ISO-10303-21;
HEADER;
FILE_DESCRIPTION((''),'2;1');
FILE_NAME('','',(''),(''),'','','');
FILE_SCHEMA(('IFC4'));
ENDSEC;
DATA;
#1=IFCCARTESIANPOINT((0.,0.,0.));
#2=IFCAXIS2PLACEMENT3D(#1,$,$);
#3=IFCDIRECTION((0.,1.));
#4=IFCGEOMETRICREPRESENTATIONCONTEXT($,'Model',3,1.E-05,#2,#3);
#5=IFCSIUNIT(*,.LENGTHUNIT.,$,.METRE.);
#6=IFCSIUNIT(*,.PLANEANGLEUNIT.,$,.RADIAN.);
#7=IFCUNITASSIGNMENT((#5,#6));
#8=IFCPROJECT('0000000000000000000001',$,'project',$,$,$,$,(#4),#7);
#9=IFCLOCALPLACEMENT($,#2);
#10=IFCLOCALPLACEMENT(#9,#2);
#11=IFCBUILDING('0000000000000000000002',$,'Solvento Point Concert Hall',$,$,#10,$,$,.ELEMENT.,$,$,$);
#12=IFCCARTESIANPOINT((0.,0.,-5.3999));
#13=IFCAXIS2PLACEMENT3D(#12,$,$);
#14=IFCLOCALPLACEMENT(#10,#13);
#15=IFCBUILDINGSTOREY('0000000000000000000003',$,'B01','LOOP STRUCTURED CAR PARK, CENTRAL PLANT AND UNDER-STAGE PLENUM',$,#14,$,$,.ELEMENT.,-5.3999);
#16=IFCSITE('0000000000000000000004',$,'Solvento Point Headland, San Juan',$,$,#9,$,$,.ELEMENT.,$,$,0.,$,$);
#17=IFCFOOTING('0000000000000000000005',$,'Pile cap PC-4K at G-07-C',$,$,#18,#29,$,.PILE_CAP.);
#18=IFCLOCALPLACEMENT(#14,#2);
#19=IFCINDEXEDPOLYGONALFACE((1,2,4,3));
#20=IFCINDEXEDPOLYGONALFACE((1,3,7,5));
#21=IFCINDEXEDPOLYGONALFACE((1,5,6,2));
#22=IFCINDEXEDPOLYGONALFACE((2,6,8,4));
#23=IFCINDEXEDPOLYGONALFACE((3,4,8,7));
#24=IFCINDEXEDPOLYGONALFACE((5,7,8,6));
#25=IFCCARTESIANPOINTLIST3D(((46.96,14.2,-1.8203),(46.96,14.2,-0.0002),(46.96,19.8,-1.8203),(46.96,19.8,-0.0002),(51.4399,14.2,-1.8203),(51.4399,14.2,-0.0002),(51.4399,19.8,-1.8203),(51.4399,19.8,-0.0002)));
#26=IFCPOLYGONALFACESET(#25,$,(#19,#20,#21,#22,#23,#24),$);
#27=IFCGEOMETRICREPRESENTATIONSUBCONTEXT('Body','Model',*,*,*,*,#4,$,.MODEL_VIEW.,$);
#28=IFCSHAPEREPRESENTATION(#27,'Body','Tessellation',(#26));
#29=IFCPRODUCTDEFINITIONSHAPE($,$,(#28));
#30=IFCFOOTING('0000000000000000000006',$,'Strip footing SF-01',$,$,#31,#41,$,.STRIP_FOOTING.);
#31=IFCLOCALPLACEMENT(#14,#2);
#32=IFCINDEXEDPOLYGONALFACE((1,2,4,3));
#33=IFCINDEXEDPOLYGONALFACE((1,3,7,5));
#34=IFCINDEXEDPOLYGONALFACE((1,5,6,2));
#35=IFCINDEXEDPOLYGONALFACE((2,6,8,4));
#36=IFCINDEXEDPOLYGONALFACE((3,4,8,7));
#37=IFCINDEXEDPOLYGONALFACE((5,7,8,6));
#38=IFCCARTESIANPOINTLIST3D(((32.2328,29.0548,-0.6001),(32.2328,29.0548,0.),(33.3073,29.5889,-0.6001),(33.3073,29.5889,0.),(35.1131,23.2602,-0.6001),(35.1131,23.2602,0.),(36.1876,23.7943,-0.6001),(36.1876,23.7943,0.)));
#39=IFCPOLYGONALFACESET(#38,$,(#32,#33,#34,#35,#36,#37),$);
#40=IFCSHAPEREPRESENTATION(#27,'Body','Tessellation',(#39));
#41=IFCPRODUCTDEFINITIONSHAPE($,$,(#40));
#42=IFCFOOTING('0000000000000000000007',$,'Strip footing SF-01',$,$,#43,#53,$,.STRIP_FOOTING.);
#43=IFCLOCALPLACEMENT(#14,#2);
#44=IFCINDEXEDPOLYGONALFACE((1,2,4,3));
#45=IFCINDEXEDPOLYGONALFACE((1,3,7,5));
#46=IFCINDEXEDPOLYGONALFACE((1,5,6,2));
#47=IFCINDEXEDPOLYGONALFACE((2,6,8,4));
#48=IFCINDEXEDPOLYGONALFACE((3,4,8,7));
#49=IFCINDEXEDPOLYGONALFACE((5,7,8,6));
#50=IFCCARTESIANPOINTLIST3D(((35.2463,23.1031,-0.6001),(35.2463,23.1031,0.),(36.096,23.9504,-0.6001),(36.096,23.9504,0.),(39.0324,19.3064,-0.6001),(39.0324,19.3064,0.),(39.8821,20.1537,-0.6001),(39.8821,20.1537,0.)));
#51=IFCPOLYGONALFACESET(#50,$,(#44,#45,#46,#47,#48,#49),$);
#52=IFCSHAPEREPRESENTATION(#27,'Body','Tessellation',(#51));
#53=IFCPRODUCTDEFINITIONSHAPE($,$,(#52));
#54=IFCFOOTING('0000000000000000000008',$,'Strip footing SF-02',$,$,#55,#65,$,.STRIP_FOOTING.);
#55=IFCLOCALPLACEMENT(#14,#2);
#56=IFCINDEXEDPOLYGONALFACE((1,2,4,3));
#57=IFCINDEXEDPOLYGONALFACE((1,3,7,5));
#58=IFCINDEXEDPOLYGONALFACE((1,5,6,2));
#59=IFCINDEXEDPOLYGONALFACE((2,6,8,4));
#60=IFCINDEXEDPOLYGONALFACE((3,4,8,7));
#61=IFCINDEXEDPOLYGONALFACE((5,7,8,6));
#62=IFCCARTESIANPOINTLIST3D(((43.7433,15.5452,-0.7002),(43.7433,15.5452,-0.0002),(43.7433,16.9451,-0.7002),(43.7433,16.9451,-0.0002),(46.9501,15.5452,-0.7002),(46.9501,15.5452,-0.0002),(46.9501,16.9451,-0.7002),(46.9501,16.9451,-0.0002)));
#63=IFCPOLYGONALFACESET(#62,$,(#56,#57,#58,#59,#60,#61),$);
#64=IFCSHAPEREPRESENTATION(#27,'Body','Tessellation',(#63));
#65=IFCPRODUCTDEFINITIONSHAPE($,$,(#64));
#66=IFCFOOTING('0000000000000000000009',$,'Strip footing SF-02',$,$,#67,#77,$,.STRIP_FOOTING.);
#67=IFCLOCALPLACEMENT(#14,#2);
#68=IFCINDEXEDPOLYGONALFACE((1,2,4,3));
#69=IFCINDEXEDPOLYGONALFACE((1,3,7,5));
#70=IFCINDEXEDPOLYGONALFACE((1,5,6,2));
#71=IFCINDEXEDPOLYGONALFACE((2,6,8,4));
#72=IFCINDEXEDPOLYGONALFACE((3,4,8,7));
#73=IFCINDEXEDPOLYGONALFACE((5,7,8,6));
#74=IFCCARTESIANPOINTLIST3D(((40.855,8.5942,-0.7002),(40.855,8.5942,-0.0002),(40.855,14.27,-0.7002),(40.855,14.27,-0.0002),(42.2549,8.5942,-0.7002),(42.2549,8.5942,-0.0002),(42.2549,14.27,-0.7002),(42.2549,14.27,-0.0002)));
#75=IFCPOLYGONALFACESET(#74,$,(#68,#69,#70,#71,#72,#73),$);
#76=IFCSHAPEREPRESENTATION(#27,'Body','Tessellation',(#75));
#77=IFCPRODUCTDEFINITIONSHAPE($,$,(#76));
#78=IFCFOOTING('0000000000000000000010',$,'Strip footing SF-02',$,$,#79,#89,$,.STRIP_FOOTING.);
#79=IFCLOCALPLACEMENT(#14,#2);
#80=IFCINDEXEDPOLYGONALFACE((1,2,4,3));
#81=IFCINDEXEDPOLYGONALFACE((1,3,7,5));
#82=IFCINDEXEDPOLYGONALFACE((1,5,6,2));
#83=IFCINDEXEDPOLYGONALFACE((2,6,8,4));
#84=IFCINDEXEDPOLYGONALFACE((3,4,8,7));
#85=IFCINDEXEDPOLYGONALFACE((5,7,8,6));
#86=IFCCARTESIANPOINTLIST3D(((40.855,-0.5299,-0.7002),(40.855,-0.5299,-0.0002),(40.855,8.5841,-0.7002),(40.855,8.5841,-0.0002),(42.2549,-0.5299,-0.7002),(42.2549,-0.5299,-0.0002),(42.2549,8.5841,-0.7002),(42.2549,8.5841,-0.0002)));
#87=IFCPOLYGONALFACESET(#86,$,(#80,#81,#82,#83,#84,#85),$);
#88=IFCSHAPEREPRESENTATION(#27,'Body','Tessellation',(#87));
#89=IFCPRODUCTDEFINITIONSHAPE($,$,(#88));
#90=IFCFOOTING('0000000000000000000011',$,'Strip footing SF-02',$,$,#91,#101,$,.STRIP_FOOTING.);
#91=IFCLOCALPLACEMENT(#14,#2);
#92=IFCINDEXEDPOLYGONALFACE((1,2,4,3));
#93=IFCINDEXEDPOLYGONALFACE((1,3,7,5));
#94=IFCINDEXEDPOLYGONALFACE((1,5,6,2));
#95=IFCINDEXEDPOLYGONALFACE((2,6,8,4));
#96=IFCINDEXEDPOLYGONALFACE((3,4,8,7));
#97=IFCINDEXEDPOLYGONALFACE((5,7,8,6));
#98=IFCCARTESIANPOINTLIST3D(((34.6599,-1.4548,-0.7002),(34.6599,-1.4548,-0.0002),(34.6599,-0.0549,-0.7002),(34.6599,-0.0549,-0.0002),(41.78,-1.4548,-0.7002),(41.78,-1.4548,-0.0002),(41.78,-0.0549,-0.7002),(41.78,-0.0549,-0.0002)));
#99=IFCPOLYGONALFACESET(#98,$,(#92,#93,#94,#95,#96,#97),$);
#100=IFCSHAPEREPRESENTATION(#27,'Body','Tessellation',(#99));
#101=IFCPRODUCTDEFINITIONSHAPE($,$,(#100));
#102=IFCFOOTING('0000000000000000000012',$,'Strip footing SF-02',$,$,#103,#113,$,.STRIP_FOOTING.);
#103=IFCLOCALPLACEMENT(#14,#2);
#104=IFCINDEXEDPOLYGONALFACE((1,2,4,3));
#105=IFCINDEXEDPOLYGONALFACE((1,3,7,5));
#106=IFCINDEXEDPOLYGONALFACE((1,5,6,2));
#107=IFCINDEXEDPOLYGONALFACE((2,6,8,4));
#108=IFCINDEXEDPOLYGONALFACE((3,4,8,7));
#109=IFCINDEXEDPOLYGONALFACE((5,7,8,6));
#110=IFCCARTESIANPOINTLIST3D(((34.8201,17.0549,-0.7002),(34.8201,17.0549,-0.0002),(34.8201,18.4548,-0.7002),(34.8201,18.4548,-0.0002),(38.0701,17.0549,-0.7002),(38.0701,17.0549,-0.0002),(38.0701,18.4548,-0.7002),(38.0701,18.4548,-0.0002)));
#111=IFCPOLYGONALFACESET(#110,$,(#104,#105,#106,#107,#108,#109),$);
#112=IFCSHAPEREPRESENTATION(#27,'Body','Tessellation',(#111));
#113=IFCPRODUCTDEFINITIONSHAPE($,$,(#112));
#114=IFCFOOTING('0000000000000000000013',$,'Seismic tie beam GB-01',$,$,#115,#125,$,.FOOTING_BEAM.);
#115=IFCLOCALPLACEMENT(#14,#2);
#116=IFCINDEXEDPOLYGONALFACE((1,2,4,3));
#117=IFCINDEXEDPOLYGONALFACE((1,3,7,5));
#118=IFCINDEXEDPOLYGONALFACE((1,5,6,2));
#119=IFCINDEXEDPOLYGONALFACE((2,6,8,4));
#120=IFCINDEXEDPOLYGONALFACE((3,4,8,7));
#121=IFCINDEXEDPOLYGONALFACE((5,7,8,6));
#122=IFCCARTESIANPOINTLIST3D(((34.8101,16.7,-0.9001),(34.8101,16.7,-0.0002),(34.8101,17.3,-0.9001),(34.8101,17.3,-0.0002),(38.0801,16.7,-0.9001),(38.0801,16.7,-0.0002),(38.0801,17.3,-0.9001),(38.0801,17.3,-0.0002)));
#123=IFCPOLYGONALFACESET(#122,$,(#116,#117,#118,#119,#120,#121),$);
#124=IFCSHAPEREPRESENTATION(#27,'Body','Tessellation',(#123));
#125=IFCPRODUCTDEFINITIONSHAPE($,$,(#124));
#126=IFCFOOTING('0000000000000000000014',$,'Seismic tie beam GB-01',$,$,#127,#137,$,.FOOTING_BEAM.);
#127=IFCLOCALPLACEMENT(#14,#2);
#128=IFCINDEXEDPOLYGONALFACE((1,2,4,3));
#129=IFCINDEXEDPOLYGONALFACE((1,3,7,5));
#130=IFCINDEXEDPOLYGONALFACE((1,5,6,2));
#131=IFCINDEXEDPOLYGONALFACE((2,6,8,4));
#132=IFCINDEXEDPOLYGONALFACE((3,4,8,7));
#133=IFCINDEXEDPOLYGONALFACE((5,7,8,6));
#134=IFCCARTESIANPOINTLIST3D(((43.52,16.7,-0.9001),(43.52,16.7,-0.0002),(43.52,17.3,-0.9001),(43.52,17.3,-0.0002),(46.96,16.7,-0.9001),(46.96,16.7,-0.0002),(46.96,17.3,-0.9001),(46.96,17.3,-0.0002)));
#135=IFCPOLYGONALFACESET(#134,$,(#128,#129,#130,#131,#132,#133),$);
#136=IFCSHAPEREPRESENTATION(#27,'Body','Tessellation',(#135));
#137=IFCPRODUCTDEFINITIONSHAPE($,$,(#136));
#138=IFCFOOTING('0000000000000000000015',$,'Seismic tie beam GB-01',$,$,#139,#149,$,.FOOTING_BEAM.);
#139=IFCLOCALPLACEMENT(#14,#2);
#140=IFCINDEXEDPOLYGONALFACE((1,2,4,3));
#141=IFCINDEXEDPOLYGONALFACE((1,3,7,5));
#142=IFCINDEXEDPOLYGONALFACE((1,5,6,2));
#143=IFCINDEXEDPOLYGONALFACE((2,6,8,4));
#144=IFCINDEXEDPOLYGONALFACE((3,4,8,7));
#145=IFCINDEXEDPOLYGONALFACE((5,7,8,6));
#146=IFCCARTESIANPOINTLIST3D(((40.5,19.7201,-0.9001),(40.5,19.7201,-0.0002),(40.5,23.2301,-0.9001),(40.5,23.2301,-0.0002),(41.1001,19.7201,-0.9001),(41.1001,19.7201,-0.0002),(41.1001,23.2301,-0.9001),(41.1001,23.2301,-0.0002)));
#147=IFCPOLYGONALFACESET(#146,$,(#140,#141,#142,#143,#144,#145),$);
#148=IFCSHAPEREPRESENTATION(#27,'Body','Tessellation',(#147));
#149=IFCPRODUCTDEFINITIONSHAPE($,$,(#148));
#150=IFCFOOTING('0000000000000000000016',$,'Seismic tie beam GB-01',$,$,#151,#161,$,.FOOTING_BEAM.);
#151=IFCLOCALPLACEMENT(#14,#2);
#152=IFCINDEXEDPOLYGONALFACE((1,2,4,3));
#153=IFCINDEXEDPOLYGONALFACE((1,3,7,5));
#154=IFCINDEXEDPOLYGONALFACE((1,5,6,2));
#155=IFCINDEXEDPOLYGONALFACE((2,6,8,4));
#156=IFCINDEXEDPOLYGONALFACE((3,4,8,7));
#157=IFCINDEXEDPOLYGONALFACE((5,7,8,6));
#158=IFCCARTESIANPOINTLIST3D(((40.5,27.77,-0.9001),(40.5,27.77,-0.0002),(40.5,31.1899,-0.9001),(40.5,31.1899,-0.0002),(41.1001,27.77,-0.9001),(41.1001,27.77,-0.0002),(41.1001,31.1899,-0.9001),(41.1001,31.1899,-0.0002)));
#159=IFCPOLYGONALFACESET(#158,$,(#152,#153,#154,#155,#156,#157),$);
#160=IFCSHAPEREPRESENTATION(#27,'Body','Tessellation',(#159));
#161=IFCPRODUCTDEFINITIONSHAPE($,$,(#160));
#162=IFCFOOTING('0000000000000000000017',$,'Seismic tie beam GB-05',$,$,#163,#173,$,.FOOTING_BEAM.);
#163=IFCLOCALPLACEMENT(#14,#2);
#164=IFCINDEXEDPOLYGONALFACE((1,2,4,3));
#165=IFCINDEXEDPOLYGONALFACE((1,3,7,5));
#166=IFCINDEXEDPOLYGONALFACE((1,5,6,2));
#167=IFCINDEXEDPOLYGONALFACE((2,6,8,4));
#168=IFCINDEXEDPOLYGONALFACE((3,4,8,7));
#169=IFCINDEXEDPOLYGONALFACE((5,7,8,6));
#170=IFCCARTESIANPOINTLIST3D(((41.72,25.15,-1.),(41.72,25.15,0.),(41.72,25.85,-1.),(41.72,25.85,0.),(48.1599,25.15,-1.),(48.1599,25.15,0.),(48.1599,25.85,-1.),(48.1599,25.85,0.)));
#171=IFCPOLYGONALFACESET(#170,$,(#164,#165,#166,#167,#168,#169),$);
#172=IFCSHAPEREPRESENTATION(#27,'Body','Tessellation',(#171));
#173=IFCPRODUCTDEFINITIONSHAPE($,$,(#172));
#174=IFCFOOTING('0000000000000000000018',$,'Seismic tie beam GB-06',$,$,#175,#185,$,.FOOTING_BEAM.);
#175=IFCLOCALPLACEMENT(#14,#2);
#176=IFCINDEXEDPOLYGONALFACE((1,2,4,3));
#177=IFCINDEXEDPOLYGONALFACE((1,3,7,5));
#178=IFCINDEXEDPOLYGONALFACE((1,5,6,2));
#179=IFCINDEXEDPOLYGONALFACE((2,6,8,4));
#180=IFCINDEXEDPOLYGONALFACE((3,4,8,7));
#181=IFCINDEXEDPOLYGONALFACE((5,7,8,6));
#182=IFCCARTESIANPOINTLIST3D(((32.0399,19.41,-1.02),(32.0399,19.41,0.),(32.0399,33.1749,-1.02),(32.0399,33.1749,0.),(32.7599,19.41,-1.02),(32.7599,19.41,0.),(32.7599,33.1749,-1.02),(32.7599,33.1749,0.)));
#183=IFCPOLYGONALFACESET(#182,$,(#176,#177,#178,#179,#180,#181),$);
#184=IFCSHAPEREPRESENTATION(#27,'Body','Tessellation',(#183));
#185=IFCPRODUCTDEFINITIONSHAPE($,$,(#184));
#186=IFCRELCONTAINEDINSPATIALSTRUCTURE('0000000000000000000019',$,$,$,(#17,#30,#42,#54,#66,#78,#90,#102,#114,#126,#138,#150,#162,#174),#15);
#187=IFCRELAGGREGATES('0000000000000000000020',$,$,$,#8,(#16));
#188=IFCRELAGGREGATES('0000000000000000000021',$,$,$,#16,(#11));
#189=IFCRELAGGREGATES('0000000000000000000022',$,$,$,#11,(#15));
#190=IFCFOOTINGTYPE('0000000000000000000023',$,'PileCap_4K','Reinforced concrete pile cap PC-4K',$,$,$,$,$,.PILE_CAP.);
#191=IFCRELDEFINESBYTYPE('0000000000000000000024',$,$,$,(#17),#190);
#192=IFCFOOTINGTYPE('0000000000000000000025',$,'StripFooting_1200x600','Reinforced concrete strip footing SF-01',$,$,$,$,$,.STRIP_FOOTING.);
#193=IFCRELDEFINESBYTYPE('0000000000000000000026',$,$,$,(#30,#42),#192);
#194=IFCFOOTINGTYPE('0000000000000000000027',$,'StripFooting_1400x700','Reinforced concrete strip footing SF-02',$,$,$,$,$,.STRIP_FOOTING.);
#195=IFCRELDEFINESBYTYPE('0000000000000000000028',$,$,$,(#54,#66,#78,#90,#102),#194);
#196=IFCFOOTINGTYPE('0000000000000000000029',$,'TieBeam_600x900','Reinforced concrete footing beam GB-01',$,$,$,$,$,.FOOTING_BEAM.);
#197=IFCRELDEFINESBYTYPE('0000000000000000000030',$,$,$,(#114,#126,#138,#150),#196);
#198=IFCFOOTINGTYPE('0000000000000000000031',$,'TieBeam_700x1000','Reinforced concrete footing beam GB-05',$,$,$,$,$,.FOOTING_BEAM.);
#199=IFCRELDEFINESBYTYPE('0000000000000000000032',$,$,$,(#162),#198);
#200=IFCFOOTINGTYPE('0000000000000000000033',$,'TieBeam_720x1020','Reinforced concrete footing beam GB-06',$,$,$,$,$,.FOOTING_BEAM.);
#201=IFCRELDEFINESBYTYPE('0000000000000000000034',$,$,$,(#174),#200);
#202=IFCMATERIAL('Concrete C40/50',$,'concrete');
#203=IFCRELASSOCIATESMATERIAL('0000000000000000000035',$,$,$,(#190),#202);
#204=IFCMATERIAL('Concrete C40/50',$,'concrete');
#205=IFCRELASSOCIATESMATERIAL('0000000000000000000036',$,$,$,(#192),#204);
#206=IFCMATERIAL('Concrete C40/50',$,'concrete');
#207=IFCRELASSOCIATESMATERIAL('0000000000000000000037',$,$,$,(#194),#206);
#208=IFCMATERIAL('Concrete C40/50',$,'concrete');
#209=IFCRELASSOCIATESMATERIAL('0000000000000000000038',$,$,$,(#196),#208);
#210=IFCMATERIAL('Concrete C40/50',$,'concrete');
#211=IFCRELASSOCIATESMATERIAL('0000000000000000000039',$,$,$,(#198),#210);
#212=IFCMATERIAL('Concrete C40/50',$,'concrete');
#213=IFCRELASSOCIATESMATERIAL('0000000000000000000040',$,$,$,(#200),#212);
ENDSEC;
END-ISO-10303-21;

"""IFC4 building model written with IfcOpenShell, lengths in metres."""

from ifc_helpers import new_model, si_unit, direction, frame, origin, origin_2d, place, context, subcontext, project, spatial, rectangle, extrude, material, type_object, element, save


model = new_model("IFC4")

# Units and contexts
model_context = context("Model", 3, precision=1e-05, world=origin(), true_north=direction((0.0, 1.0)))
body_context = subcontext(model_context, "Body", "Model", "MODEL_VIEW")
ifc_project = project(units=[si_unit("LENGTHUNIT", "METRE"), si_unit("PLANEANGLEUNIT", "RADIAN")], contexts=[model_context])

# Site, building, storey
site_placement = place(None, origin())
site = spatial("IfcSite", under=ifc_project, at=site_placement, Name="Solvento Point Headland, San Juan", CompositionType="ELEMENT", RefElevation=0.0)
building_placement = place(site_placement, origin())
building = spatial("IfcBuilding", under=site, at=building_placement, Name="Solvento Point Concert Hall", CompositionType="ELEMENT")
storey_placement = place(building_placement, frame((0.0, 0.0, -5.3999)))
storey = spatial("IfcBuildingStorey", under=building, at=storey_placement, Name="B01", Description="LOOP STRUCTURED CAR PARK, CENTRAL PLANT AND UNDER-STAGE PLENUM", CompositionType="ELEMENT", Elevation=-5.3999)

# Footings
ifc_material_1 = material(Name="Concrete C40/50", Category="concrete")
footing_type_1 = type_object("IfcFootingType", Name="PileCap_4K", Description="Reinforced concrete pile cap PC-4K", PredefinedType="PILE_CAP", material=ifc_material_1)
footing_1_placement = place(storey_placement, frame((49.2, 17.0, -1.8203), z_axis=(0.0, 0.0, 1.0), x_axis=(1.0, 0.0, 0.0)))
element("IfcFooting", 1, at=footing_1_placement, inside=storey, type_object=footing_type_1, Name="Pile cap PC-4K at G-07-C", PredefinedType="PILE_CAP", context=body_context, shape_type="SweptSolid", body=[
    extrude(rectangle(XDim=4.48, YDim=5.6001, at=origin_2d()), origin(), (0.0, 0.0, 1.0), 1.8201),
])
ifc_material_2 = material(Name="Concrete C40/50", Category="concrete")
footing_type_2 = type_object("IfcFootingType", Name="StripFooting_1200x600", Description="Reinforced concrete strip footing SF-01", PredefinedType="STRIP_FOOTING", material=ifc_material_2)
footing_2_placement = place(storey_placement, frame((34.2102, 26.4246, -0.6001), z_axis=(0.0, 0.0, 1.0), x_axis=(-0.445117, 0.895473, 0.0)))
element("IfcFooting", 2, at=footing_2_placement, inside=storey, type_object=footing_type_2, Name="Strip footing SF-01", PredefinedType="STRIP_FOOTING", context=body_context, shape_type="SweptSolid", body=[
    extrude(rectangle(XDim=6.4709, YDim=1.2, at=origin_2d()), origin(), (0.0, 0.0, 1.0), 0.6001),
])
footing_3_placement = place(storey_placement, frame((37.5642, 21.6284, -0.6001), z_axis=(0.0, 0.0, 1.0), x_axis=(-0.706118, 0.708095, 0.0)))
element("IfcFooting", 3, at=footing_3_placement, inside=storey, type_object=footing_type_2, Name="Strip footing SF-01", PredefinedType="STRIP_FOOTING", context=body_context, shape_type="SweptSolid", body=[
    extrude(rectangle(XDim=5.3618, YDim=1.2, at=origin_2d()), origin(), (0.0, 0.0, 1.0), 0.6001),
])
ifc_material_3 = material(Name="Concrete C40/50", Category="concrete")
footing_type_3 = type_object("IfcFootingType", Name="StripFooting_1400x700", Description="Reinforced concrete strip footing SF-02", PredefinedType="STRIP_FOOTING", material=ifc_material_3)
footing_4_placement = place(storey_placement, frame((45.3467, 16.2451, -0.7002), z_axis=(0.0, 0.0, 1.0), x_axis=(-1.0, 0.0, 0.0)))
element("IfcFooting", 4, at=footing_4_placement, inside=storey, type_object=footing_type_3, Name="Strip footing SF-02", PredefinedType="STRIP_FOOTING", context=body_context, shape_type="SweptSolid", body=[
    extrude(rectangle(XDim=3.2068, YDim=1.3999, at=origin_2d()), origin(), (0.0, 0.0, 1.0), 0.7),
])
footing_5_placement = place(storey_placement, frame((41.5549, 11.4321, -0.7002), z_axis=(0.0, 0.0, 1.0), x_axis=(0.0, -1.0, 0.0)))
element("IfcFooting", 5, at=footing_5_placement, inside=storey, type_object=footing_type_3, Name="Strip footing SF-02", PredefinedType="STRIP_FOOTING", context=body_context, shape_type="SweptSolid", body=[
    extrude(rectangle(XDim=5.6758, YDim=1.3999, at=origin_2d()), origin(), (0.0, 0.0, 1.0), 0.7),
])
footing_6_placement = place(storey_placement, frame((41.5549, 4.0271, -0.7002), z_axis=(0.0, 0.0, 1.0), x_axis=(0.0, -1.0, 0.0)))
element("IfcFooting", 6, at=footing_6_placement, inside=storey, type_object=footing_type_3, Name="Strip footing SF-02", PredefinedType="STRIP_FOOTING", context=body_context, shape_type="SweptSolid", body=[
    extrude(rectangle(XDim=9.114, YDim=1.3999, at=origin_2d()), origin(), (0.0, 0.0, 1.0), 0.7),
])
footing_7_placement = place(storey_placement, frame((38.22, -0.7549, -0.7002), z_axis=(0.0, 0.0, 1.0), x_axis=(-1.0, 0.0, 0.0)))
element("IfcFooting", 7, at=footing_7_placement, inside=storey, type_object=footing_type_3, Name="Strip footing SF-02", PredefinedType="STRIP_FOOTING", context=body_context, shape_type="SweptSolid", body=[
    extrude(rectangle(XDim=7.1201, YDim=1.3999, at=origin_2d()), origin(), (0.0, 0.0, 1.0), 0.7),
])
footing_8_placement = place(storey_placement, frame((36.4451, 17.7549, -0.7002), z_axis=(0.0, 0.0, 1.0), x_axis=(1.0, 0.0, 0.0)))
element("IfcFooting", 8, at=footing_8_placement, inside=storey, type_object=footing_type_3, Name="Strip footing SF-02", PredefinedType="STRIP_FOOTING", context=body_context, shape_type="SweptSolid", body=[
    extrude(rectangle(XDim=3.25, YDim=1.3999, at=origin_2d()), origin(), (0.0, 0.0, 1.0), 0.7),
])
ifc_material_4 = material(Name="Concrete C40/50", Category="concrete")
footing_type_4 = type_object("IfcFootingType", Name="TieBeam_600x900", Description="Reinforced concrete footing beam GB-01", PredefinedType="FOOTING_BEAM", material=ifc_material_4)
footing_9_placement = place(storey_placement, frame((36.4451, 17.0, -0.9001), z_axis=(0.0, 0.0, 1.0), x_axis=(1.0, 0.0, 0.0)))
element("IfcFooting", 9, at=footing_9_placement, inside=storey, type_object=footing_type_4, Name="Seismic tie beam GB-01", PredefinedType="FOOTING_BEAM", context=body_context, shape_type="SweptSolid", body=[
    extrude(rectangle(XDim=3.27, YDim=0.6001, at=origin_2d()), origin(), (0.0, 0.0, 1.0), 0.8999),
])
footing_10_placement = place(storey_placement, frame((45.24, 17.0, -0.9001), z_axis=(0.0, 0.0, 1.0), x_axis=(1.0, 0.0, 0.0)))
element("IfcFooting", 10, at=footing_10_placement, inside=storey, type_object=footing_type_4, Name="Seismic tie beam GB-01", PredefinedType="FOOTING_BEAM", context=body_context, shape_type="SweptSolid", body=[
    extrude(rectangle(XDim=3.4399, YDim=0.6001, at=origin_2d()), origin(), (0.0, 0.0, 1.0), 0.8999),
])
footing_11_placement = place(storey_placement, frame((40.8, 21.4751, -0.9001), z_axis=(0.0, 0.0, 1.0), x_axis=(0.0, 1.0, 0.0)))
element("IfcFooting", 11, at=footing_11_placement, inside=storey, type_object=footing_type_4, Name="Seismic tie beam GB-01", PredefinedType="FOOTING_BEAM", context=body_context, shape_type="SweptSolid", body=[
    extrude(rectangle(XDim=3.51, YDim=0.6001, at=origin_2d()), origin(), (0.0, 0.0, 1.0), 0.8999),
])
footing_12_placement = place(storey_placement, frame((40.8, 29.48, -0.9001), z_axis=(0.0, 0.0, 1.0), x_axis=(0.0, 1.0, 0.0)))
element("IfcFooting", 12, at=footing_12_placement, inside=storey, type_object=footing_type_4, Name="Seismic tie beam GB-01", PredefinedType="FOOTING_BEAM", context=body_context, shape_type="SweptSolid", body=[
    extrude(rectangle(XDim=3.4199, YDim=0.6001, at=origin_2d()), origin(), (0.0, 0.0, 1.0), 0.8999),
])
ifc_material_5 = material(Name="Concrete C40/50", Category="concrete")
footing_type_5 = type_object("IfcFootingType", Name="TieBeam_700x1000", Description="Reinforced concrete footing beam GB-05", PredefinedType="FOOTING_BEAM", material=ifc_material_5)
footing_13_placement = place(storey_placement, frame((44.9399, 25.5, -1.0), z_axis=(0.0, 0.0, 1.0), x_axis=(1.0, 0.0, 0.0)))
element("IfcFooting", 13, at=footing_13_placement, inside=storey, type_object=footing_type_5, Name="Seismic tie beam GB-05", PredefinedType="FOOTING_BEAM", context=body_context, shape_type="SweptSolid", body=[
    extrude(rectangle(XDim=6.4399, YDim=0.7, at=origin_2d()), origin(), (0.0, 0.0, 1.0), 1.0),
])
ifc_material_6 = material(Name="Concrete C40/50", Category="concrete")
footing_type_6 = type_object("IfcFootingType", Name="TieBeam_720x1020", Description="Reinforced concrete footing beam GB-06", PredefinedType="FOOTING_BEAM", material=ifc_material_6)
footing_14_placement = place(storey_placement, frame((32.3999, 26.2925, -1.02), z_axis=(0.0, 0.0, 1.0), x_axis=(0.0, 1.0, 0.0)))
element("IfcFooting", 14, at=footing_14_placement, inside=storey, type_object=footing_type_6, Name="Seismic tie beam GB-06", PredefinedType="FOOTING_BEAM", context=body_context, shape_type="SweptSolid", body=[
    extrude(rectangle(XDim=13.7649, YDim=0.72, at=origin_2d()), origin(), (0.0, 0.0, 1.0), 1.02),
])

save(model, "model.ifc")
